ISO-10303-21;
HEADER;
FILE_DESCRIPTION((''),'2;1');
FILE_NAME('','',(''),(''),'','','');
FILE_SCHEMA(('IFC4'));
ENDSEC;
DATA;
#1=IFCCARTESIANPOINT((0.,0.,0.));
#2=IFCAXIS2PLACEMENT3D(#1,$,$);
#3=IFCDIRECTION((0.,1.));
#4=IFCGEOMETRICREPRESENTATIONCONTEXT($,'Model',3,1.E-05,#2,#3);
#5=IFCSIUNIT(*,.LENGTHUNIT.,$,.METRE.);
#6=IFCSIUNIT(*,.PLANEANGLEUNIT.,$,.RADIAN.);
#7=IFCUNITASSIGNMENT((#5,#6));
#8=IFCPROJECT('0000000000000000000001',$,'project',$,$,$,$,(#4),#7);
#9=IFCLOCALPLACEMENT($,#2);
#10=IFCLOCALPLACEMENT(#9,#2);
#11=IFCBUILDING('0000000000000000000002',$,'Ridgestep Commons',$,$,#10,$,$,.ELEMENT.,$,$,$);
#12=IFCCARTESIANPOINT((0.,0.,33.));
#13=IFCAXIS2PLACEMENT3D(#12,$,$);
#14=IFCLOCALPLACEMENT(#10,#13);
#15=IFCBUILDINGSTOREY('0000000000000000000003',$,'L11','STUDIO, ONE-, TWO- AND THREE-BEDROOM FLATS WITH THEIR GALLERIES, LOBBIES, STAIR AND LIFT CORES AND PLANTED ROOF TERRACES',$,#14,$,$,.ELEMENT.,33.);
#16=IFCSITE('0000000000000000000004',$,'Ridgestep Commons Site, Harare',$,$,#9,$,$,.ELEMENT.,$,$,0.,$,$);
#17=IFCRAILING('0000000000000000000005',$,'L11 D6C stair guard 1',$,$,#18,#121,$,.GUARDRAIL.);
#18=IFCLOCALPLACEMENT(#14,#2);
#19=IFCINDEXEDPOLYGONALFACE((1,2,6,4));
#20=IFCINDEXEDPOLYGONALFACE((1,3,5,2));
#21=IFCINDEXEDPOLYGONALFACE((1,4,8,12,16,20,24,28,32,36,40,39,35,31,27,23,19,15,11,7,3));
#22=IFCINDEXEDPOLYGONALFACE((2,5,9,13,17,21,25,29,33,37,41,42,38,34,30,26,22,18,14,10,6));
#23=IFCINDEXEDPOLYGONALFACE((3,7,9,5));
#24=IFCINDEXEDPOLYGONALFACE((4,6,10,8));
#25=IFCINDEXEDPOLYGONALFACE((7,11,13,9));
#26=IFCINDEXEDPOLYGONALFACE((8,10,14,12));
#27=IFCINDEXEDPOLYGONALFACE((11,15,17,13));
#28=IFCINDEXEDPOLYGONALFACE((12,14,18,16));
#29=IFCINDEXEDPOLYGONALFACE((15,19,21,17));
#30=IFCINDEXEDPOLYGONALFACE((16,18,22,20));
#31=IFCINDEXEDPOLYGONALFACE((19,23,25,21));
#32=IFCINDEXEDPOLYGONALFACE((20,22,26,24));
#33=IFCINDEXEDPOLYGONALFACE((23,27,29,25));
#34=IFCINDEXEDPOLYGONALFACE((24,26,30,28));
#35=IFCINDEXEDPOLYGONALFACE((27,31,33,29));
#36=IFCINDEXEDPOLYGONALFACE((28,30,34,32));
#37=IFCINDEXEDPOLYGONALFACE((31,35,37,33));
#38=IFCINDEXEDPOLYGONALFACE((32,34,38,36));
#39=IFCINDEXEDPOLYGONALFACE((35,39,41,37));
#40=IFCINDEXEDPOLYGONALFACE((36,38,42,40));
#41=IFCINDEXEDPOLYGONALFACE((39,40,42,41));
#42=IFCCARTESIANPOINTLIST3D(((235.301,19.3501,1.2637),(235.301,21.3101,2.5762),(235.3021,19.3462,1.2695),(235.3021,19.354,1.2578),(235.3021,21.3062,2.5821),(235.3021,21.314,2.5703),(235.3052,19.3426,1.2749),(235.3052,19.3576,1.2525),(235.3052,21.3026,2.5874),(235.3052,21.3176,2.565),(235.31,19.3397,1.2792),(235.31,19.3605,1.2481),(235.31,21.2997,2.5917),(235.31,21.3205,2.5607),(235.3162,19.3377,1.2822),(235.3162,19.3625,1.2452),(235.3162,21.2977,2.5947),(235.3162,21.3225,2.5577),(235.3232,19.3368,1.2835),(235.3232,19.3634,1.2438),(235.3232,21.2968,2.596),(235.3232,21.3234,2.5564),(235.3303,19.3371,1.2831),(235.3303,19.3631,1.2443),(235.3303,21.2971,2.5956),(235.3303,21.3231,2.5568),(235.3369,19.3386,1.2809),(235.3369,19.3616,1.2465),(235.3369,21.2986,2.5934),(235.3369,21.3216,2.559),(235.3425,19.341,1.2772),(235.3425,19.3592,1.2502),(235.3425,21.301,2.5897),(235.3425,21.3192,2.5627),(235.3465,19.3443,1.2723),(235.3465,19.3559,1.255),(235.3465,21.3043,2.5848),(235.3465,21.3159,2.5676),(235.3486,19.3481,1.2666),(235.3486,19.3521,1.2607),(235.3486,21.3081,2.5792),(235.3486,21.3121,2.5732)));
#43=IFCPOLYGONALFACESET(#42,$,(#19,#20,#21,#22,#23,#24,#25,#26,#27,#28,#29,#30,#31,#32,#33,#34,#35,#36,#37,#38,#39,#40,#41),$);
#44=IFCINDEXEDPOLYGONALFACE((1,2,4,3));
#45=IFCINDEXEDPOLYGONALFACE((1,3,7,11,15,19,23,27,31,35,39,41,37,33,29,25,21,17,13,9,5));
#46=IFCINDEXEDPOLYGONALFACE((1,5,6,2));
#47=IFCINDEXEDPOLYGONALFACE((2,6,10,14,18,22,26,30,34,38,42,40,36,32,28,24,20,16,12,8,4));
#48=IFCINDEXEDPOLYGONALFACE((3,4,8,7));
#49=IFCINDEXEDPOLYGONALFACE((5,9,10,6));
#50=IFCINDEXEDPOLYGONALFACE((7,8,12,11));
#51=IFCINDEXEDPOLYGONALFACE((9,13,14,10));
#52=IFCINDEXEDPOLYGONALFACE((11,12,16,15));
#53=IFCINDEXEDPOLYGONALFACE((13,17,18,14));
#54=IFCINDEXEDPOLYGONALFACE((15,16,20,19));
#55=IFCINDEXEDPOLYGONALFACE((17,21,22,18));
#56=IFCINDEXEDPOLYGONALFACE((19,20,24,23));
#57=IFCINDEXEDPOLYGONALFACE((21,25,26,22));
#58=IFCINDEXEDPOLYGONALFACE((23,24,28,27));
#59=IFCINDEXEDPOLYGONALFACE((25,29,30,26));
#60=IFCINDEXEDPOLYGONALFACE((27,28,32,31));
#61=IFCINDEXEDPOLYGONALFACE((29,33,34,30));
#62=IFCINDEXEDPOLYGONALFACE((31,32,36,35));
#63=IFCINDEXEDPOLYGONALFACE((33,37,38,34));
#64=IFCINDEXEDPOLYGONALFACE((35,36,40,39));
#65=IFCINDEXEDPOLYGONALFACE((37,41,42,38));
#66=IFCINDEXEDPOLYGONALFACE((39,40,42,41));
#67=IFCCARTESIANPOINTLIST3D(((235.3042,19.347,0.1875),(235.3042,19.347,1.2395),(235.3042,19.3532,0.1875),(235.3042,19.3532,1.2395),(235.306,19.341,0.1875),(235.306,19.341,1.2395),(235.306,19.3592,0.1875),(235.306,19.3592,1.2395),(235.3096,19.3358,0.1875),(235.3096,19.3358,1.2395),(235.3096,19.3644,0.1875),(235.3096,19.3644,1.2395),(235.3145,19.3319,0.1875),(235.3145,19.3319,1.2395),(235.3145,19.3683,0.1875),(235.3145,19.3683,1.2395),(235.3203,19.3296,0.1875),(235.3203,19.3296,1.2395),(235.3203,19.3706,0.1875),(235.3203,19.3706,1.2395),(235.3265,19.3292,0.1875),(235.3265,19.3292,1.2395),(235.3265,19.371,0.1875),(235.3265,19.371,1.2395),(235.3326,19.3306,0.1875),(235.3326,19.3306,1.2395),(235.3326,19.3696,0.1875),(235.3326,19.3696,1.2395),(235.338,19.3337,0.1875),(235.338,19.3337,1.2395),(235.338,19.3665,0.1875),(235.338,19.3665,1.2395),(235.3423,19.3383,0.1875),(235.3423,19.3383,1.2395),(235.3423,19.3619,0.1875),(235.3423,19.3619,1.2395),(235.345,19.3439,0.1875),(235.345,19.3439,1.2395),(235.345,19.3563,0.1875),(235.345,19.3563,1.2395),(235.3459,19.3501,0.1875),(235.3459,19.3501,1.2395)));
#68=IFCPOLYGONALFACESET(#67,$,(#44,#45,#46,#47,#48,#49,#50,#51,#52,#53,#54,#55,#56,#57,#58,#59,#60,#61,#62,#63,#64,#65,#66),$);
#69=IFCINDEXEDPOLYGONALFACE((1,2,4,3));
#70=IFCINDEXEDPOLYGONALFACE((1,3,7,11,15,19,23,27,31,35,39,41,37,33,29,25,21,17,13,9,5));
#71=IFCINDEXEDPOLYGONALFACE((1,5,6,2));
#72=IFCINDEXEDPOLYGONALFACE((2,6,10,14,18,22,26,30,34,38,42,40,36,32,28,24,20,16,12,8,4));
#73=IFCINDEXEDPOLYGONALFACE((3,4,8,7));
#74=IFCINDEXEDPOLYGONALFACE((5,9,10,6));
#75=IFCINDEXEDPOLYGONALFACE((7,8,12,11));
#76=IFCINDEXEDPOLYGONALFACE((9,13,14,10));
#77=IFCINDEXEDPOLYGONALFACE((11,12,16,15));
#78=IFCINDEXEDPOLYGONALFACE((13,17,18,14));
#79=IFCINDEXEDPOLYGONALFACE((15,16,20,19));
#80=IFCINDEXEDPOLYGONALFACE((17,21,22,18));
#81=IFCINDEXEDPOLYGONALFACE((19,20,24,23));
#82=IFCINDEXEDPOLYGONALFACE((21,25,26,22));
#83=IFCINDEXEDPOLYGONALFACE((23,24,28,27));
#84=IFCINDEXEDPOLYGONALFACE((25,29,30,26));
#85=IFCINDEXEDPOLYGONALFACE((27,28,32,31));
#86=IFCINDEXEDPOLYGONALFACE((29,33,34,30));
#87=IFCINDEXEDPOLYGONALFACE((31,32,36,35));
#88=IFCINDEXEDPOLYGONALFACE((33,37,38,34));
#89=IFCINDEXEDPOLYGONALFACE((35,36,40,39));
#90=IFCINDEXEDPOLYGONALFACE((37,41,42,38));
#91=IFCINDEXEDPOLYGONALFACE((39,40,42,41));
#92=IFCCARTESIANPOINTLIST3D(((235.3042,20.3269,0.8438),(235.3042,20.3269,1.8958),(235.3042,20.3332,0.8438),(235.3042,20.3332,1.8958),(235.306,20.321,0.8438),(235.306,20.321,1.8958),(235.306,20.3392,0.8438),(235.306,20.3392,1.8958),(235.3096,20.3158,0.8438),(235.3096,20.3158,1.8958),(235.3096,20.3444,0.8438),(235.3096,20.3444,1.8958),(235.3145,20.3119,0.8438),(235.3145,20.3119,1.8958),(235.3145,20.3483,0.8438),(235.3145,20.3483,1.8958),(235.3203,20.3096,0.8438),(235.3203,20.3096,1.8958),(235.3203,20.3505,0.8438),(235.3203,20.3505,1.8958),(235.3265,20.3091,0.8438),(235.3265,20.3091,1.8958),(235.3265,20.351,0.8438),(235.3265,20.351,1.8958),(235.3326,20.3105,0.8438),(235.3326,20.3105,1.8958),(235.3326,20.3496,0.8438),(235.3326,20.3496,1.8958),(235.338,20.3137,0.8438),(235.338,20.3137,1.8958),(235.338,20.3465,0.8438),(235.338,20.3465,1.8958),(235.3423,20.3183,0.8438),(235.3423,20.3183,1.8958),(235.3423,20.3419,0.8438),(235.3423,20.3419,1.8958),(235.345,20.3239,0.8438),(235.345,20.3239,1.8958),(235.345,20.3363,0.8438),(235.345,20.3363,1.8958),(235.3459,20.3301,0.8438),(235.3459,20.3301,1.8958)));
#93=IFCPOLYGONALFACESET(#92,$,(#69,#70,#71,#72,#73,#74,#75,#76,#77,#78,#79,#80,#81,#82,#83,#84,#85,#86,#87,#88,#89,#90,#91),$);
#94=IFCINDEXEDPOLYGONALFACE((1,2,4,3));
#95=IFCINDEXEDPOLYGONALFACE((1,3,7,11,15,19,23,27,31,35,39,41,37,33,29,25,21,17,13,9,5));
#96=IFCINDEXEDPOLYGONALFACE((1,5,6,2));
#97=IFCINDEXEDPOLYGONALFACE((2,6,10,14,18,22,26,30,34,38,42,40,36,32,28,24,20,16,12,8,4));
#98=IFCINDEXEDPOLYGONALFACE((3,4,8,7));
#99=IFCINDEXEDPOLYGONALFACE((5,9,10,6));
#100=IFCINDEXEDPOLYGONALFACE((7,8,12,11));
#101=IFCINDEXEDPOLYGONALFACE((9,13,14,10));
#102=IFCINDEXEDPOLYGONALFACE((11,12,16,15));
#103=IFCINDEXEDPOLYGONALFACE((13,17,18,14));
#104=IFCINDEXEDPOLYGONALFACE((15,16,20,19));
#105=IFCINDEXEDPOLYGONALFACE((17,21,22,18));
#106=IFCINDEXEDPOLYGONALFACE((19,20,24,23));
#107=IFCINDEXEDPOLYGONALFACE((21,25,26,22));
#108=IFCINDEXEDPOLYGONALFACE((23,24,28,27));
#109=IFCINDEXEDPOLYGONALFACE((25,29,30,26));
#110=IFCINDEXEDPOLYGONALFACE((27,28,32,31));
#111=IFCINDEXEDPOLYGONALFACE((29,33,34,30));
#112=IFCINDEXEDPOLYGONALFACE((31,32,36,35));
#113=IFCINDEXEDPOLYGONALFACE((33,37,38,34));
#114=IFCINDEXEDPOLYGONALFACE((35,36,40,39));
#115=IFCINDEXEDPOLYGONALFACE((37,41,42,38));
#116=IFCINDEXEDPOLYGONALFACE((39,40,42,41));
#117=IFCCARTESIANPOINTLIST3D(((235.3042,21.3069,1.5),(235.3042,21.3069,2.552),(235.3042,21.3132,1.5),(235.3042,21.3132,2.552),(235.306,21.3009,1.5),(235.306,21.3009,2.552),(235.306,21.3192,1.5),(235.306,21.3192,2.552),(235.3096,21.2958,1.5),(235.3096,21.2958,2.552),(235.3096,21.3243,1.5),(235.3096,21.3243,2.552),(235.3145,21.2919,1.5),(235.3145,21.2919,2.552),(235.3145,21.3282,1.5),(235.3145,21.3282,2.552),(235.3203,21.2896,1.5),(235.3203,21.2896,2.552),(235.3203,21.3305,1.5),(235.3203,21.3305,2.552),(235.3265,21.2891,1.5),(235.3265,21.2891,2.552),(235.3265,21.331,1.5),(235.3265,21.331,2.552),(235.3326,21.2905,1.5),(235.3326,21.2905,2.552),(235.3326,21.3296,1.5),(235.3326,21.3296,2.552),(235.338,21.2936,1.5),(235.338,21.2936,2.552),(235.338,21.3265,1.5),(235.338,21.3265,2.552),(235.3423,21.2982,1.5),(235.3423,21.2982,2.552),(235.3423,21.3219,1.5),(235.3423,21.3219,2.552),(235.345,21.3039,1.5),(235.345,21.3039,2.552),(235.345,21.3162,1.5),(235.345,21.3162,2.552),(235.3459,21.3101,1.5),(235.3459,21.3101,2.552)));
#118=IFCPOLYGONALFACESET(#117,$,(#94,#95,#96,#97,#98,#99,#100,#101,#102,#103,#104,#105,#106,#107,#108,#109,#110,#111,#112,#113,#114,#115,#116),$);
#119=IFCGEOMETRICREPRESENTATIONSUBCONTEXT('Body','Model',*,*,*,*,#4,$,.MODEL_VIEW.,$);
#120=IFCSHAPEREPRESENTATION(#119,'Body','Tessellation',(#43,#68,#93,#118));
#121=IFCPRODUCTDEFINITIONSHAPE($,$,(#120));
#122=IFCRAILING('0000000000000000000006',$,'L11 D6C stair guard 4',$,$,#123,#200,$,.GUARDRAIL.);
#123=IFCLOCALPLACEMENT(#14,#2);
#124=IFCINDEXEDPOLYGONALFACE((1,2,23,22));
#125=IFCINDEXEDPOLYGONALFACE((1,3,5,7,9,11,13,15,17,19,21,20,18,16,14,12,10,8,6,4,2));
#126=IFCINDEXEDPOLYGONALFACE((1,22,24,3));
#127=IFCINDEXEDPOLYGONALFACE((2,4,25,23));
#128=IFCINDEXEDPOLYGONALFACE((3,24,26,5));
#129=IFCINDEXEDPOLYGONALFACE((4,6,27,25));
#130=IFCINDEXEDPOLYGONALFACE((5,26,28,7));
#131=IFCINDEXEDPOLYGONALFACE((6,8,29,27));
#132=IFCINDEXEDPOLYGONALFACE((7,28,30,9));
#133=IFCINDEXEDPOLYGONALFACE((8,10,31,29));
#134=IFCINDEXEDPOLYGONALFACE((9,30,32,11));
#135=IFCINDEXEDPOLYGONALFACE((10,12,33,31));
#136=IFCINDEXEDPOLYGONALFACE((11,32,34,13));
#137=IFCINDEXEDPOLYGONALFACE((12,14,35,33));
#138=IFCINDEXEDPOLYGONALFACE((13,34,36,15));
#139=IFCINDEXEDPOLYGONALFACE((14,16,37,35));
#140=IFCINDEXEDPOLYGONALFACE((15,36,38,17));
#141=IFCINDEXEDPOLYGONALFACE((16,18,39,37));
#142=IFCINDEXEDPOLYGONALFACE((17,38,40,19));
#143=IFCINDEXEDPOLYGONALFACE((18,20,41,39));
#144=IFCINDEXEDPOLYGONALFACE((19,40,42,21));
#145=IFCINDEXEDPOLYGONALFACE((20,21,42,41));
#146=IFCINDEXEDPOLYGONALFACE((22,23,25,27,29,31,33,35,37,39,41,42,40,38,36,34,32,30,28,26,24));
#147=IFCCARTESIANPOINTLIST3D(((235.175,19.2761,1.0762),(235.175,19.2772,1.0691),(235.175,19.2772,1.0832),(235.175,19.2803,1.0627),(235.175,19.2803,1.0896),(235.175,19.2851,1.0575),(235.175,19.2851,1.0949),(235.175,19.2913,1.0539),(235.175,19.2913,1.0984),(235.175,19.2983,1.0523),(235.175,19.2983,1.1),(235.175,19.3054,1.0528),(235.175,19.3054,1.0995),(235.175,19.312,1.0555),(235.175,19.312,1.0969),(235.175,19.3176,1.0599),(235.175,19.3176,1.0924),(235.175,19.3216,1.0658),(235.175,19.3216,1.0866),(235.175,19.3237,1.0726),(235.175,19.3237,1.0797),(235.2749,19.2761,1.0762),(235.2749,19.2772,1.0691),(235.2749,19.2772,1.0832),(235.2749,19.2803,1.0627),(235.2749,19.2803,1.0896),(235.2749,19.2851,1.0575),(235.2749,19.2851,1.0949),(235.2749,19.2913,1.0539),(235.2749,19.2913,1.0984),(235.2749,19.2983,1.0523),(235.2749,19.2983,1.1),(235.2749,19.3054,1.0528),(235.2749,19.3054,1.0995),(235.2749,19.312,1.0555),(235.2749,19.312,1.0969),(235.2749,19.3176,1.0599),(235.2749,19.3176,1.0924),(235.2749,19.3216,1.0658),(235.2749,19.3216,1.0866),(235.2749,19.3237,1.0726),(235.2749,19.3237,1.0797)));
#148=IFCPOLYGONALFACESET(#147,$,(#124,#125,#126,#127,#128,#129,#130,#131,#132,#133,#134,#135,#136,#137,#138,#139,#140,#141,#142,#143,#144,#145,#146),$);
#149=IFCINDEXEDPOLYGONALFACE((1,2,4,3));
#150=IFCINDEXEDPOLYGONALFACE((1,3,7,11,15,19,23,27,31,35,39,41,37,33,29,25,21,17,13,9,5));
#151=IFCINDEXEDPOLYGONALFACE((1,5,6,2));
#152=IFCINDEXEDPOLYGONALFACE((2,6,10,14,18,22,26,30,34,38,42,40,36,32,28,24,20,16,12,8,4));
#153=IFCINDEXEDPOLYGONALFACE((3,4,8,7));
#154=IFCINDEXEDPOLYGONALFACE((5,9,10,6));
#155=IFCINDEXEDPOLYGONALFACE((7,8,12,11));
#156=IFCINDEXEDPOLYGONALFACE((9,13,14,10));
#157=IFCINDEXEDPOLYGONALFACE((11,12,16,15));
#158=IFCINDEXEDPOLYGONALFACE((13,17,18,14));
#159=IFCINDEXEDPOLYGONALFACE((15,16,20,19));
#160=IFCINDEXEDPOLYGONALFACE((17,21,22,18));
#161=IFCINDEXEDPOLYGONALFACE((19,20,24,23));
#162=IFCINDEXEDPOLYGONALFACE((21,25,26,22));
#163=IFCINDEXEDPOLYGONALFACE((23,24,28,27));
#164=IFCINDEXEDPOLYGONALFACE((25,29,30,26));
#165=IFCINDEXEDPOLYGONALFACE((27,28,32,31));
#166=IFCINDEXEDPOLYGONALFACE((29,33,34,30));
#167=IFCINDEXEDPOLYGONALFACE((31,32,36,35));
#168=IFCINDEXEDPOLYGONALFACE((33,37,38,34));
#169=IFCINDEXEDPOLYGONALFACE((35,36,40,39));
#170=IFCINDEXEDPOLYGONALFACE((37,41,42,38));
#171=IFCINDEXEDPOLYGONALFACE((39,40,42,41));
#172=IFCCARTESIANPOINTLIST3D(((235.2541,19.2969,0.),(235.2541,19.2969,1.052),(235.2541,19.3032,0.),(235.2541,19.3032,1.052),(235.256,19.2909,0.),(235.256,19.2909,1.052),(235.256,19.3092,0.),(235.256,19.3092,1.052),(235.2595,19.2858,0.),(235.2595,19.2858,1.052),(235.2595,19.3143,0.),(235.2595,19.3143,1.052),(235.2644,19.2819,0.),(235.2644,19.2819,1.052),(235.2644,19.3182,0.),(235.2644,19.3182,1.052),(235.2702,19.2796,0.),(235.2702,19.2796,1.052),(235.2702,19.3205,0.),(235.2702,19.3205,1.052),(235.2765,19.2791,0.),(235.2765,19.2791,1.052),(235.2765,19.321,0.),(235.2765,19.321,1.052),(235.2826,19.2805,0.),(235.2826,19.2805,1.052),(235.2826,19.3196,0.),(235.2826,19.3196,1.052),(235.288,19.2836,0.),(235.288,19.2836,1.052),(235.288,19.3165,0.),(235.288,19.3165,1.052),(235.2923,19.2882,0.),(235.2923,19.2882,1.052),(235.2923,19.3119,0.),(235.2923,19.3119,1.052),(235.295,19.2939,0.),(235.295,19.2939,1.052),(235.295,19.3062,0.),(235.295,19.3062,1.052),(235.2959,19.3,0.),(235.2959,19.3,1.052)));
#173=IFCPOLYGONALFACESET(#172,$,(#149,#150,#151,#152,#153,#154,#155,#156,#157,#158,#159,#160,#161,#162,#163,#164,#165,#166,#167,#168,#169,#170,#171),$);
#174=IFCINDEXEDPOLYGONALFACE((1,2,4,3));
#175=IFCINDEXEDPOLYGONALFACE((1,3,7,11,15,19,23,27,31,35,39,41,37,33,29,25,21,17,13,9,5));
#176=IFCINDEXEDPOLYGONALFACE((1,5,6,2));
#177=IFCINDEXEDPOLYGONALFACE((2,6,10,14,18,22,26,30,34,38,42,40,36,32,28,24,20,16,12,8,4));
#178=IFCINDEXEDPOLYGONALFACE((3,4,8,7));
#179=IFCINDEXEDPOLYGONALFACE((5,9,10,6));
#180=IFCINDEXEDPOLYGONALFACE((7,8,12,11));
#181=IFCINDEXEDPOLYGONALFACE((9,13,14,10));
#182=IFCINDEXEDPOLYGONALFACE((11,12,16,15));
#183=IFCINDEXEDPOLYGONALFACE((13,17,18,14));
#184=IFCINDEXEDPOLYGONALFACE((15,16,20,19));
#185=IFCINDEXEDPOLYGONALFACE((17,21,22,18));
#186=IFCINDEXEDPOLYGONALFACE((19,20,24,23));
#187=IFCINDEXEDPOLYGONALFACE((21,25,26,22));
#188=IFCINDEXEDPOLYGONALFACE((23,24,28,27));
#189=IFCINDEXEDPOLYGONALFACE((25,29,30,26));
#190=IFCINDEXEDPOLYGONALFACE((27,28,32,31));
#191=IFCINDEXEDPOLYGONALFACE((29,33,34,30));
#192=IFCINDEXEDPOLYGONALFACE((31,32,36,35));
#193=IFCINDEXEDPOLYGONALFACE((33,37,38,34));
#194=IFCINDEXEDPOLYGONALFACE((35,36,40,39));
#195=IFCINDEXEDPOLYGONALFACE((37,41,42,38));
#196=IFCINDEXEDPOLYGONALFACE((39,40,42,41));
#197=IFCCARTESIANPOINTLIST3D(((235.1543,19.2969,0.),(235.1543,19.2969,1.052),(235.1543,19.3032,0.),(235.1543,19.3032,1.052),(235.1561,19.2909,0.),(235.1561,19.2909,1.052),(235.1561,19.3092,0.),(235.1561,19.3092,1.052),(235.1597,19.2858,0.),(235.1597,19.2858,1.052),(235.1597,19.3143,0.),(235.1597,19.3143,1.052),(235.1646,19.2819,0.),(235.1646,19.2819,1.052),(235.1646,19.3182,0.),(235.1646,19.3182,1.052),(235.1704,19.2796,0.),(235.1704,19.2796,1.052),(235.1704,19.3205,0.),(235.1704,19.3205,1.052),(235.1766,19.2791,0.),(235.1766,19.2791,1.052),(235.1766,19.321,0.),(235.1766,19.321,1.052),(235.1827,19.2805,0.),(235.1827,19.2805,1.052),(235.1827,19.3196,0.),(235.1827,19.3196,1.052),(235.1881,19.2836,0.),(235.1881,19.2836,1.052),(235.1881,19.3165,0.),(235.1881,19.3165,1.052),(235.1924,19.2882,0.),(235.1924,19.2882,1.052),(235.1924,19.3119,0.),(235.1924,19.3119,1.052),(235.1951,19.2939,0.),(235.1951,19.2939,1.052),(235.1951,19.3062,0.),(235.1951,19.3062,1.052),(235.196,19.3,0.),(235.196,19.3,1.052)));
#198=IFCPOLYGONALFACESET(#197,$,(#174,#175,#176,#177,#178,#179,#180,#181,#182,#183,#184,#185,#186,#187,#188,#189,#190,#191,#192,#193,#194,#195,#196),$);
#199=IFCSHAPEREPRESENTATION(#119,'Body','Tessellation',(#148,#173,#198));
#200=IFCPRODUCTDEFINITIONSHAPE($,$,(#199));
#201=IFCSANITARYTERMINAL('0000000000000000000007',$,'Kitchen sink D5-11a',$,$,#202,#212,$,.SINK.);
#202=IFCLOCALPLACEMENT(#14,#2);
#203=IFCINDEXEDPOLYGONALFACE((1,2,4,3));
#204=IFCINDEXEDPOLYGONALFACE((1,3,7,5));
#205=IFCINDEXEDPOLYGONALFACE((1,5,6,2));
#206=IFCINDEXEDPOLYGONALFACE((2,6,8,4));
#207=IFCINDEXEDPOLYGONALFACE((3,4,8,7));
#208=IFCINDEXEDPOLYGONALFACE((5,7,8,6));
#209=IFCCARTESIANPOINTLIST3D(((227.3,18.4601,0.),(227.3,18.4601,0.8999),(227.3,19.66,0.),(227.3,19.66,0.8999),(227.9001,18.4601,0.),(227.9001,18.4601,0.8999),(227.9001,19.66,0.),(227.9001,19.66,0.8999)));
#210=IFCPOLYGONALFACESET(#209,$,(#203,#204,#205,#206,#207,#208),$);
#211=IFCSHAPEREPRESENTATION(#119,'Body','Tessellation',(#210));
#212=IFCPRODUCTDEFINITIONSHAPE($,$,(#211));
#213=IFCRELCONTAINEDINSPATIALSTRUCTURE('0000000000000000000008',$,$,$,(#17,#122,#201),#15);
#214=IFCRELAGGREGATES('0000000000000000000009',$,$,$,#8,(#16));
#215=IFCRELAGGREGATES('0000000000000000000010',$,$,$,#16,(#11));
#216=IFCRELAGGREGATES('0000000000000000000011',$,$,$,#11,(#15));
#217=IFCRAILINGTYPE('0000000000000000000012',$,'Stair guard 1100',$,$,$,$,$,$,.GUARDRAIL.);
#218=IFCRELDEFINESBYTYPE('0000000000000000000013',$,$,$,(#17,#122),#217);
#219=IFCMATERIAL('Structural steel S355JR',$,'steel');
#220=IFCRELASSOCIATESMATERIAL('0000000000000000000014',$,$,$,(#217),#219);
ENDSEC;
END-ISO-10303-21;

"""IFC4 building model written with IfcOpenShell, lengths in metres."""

from ifc_helpers import new_model, si_unit, direction, frame, origin, origin_2d, place, context, subcontext, project, spatial, rectangle, circle, extrude, material, type_object, element, save


model = new_model("IFC4")

# Units and contexts
model_context = context("Model", 3, precision=1e-05, world=origin(), true_north=direction((0.0, 1.0)))
body_context = subcontext(model_context, "Body", "Model", "MODEL_VIEW")
ifc_project = project(units=[si_unit("LENGTHUNIT", "METRE"), si_unit("PLANEANGLEUNIT", "RADIAN")], contexts=[model_context])

# Site, building, storey
site_placement = place(None, origin())
site = spatial("IfcSite", under=ifc_project, at=site_placement, Name="Ridgestep Commons Site, Harare", CompositionType="ELEMENT", RefElevation=0.0)
building_placement = place(site_placement, origin())
building = spatial("IfcBuilding", under=site, at=building_placement, Name="Ridgestep Commons", CompositionType="ELEMENT")
storey_placement = place(building_placement, frame((0.0, 0.0, 33.0)))
storey = spatial("IfcBuildingStorey", under=building, at=storey_placement, Name="L11", Description="STUDIO, ONE-, TWO- AND THREE-BEDROOM FLATS WITH THEIR GALLERIES, LOBBIES, STAIR AND LIFT CORES AND PLANTED ROOF TERRACES", CompositionType="ELEMENT", Elevation=33.0)

# Railings
ifc_material_1 = material(Name="Structural steel S355JR", Category="steel")
railing_type_1 = type_object("IfcRailingType", Name="Stair guard 1100", PredefinedType="GUARDRAIL", material=ifc_material_1)
railing_1_placement = place(storey_placement, frame((235.325, 19.3501, 0.1875)))
element("IfcRailing", 1, at=railing_1_placement, inside=storey, type_object=railing_type_1, Name="L11 D6C stair guard 1", PredefinedType="GUARDRAIL", context=body_context, shape_type="SweptSolid", body=[
    extrude(circle(Radius=0.0239, at=origin_2d()), frame((0.0, 0.0, 1.0762), z_axis=(0.0, 0.830902, 0.556419), x_axis=(-1.0, 0.0, 0.0)), (0.0, 0.0, 1.0), 2.3589),
    extrude(circle(Radius=0.021, at=origin_2d()), origin(), (0.0, 0.0, 1.0), 1.052),
    extrude(circle(Radius=0.021, at=origin_2d()), frame((0.0, 0.98, 0.6562)), (0.0, 0.0, 1.0), 1.052),
    extrude(circle(Radius=0.021, at=origin_2d()), frame((0.0, 1.96, 1.3125)), (0.0, 0.0, 1.0), 1.052),
])
railing_2_placement = place(storey_placement, frame((235.2749, 19.3, 0.0)))
element("IfcRailing", 2, at=railing_2_placement, inside=storey, type_object=railing_type_1, Name="L11 D6C stair guard 4", PredefinedType="GUARDRAIL", context=body_context, shape_type="SweptSolid", body=[
    extrude(circle(Radius=0.0239, at=origin_2d()), frame((0.0, 0.0, 1.0762), z_axis=(-1.0, 0.0, 0.0), x_axis=(0.0, -1.0, 0.0)), (0.0, 0.0, 1.0), 0.0999),
    extrude(circle(Radius=0.021, at=origin_2d()), origin(), (0.0, 0.0, 1.0), 1.052),
    extrude(circle(Radius=0.021, at=origin_2d()), frame((-0.0999, 0.0, 0.0)), (0.0, 0.0, 1.0), 1.052),
])

# Sanitary terminal
sanitary_terminal_placement = place(storey_placement, frame((227.6001, 19.0601, 0.0), z_axis=(0.0, 0.0, 1.0), x_axis=(1.0, 0.0, 0.0)))
element("IfcSanitaryTerminal", 3, at=sanitary_terminal_placement, inside=storey, Name="Kitchen sink D5-11a", PredefinedType="SINK", context=body_context, shape_type="SweptSolid", body=[
    extrude(rectangle(XDim=0.6001, YDim=1.2, at=origin_2d()), origin(), (0.0, 0.0, 1.0), 0.8999),
])

save(model, "model.ifc")
